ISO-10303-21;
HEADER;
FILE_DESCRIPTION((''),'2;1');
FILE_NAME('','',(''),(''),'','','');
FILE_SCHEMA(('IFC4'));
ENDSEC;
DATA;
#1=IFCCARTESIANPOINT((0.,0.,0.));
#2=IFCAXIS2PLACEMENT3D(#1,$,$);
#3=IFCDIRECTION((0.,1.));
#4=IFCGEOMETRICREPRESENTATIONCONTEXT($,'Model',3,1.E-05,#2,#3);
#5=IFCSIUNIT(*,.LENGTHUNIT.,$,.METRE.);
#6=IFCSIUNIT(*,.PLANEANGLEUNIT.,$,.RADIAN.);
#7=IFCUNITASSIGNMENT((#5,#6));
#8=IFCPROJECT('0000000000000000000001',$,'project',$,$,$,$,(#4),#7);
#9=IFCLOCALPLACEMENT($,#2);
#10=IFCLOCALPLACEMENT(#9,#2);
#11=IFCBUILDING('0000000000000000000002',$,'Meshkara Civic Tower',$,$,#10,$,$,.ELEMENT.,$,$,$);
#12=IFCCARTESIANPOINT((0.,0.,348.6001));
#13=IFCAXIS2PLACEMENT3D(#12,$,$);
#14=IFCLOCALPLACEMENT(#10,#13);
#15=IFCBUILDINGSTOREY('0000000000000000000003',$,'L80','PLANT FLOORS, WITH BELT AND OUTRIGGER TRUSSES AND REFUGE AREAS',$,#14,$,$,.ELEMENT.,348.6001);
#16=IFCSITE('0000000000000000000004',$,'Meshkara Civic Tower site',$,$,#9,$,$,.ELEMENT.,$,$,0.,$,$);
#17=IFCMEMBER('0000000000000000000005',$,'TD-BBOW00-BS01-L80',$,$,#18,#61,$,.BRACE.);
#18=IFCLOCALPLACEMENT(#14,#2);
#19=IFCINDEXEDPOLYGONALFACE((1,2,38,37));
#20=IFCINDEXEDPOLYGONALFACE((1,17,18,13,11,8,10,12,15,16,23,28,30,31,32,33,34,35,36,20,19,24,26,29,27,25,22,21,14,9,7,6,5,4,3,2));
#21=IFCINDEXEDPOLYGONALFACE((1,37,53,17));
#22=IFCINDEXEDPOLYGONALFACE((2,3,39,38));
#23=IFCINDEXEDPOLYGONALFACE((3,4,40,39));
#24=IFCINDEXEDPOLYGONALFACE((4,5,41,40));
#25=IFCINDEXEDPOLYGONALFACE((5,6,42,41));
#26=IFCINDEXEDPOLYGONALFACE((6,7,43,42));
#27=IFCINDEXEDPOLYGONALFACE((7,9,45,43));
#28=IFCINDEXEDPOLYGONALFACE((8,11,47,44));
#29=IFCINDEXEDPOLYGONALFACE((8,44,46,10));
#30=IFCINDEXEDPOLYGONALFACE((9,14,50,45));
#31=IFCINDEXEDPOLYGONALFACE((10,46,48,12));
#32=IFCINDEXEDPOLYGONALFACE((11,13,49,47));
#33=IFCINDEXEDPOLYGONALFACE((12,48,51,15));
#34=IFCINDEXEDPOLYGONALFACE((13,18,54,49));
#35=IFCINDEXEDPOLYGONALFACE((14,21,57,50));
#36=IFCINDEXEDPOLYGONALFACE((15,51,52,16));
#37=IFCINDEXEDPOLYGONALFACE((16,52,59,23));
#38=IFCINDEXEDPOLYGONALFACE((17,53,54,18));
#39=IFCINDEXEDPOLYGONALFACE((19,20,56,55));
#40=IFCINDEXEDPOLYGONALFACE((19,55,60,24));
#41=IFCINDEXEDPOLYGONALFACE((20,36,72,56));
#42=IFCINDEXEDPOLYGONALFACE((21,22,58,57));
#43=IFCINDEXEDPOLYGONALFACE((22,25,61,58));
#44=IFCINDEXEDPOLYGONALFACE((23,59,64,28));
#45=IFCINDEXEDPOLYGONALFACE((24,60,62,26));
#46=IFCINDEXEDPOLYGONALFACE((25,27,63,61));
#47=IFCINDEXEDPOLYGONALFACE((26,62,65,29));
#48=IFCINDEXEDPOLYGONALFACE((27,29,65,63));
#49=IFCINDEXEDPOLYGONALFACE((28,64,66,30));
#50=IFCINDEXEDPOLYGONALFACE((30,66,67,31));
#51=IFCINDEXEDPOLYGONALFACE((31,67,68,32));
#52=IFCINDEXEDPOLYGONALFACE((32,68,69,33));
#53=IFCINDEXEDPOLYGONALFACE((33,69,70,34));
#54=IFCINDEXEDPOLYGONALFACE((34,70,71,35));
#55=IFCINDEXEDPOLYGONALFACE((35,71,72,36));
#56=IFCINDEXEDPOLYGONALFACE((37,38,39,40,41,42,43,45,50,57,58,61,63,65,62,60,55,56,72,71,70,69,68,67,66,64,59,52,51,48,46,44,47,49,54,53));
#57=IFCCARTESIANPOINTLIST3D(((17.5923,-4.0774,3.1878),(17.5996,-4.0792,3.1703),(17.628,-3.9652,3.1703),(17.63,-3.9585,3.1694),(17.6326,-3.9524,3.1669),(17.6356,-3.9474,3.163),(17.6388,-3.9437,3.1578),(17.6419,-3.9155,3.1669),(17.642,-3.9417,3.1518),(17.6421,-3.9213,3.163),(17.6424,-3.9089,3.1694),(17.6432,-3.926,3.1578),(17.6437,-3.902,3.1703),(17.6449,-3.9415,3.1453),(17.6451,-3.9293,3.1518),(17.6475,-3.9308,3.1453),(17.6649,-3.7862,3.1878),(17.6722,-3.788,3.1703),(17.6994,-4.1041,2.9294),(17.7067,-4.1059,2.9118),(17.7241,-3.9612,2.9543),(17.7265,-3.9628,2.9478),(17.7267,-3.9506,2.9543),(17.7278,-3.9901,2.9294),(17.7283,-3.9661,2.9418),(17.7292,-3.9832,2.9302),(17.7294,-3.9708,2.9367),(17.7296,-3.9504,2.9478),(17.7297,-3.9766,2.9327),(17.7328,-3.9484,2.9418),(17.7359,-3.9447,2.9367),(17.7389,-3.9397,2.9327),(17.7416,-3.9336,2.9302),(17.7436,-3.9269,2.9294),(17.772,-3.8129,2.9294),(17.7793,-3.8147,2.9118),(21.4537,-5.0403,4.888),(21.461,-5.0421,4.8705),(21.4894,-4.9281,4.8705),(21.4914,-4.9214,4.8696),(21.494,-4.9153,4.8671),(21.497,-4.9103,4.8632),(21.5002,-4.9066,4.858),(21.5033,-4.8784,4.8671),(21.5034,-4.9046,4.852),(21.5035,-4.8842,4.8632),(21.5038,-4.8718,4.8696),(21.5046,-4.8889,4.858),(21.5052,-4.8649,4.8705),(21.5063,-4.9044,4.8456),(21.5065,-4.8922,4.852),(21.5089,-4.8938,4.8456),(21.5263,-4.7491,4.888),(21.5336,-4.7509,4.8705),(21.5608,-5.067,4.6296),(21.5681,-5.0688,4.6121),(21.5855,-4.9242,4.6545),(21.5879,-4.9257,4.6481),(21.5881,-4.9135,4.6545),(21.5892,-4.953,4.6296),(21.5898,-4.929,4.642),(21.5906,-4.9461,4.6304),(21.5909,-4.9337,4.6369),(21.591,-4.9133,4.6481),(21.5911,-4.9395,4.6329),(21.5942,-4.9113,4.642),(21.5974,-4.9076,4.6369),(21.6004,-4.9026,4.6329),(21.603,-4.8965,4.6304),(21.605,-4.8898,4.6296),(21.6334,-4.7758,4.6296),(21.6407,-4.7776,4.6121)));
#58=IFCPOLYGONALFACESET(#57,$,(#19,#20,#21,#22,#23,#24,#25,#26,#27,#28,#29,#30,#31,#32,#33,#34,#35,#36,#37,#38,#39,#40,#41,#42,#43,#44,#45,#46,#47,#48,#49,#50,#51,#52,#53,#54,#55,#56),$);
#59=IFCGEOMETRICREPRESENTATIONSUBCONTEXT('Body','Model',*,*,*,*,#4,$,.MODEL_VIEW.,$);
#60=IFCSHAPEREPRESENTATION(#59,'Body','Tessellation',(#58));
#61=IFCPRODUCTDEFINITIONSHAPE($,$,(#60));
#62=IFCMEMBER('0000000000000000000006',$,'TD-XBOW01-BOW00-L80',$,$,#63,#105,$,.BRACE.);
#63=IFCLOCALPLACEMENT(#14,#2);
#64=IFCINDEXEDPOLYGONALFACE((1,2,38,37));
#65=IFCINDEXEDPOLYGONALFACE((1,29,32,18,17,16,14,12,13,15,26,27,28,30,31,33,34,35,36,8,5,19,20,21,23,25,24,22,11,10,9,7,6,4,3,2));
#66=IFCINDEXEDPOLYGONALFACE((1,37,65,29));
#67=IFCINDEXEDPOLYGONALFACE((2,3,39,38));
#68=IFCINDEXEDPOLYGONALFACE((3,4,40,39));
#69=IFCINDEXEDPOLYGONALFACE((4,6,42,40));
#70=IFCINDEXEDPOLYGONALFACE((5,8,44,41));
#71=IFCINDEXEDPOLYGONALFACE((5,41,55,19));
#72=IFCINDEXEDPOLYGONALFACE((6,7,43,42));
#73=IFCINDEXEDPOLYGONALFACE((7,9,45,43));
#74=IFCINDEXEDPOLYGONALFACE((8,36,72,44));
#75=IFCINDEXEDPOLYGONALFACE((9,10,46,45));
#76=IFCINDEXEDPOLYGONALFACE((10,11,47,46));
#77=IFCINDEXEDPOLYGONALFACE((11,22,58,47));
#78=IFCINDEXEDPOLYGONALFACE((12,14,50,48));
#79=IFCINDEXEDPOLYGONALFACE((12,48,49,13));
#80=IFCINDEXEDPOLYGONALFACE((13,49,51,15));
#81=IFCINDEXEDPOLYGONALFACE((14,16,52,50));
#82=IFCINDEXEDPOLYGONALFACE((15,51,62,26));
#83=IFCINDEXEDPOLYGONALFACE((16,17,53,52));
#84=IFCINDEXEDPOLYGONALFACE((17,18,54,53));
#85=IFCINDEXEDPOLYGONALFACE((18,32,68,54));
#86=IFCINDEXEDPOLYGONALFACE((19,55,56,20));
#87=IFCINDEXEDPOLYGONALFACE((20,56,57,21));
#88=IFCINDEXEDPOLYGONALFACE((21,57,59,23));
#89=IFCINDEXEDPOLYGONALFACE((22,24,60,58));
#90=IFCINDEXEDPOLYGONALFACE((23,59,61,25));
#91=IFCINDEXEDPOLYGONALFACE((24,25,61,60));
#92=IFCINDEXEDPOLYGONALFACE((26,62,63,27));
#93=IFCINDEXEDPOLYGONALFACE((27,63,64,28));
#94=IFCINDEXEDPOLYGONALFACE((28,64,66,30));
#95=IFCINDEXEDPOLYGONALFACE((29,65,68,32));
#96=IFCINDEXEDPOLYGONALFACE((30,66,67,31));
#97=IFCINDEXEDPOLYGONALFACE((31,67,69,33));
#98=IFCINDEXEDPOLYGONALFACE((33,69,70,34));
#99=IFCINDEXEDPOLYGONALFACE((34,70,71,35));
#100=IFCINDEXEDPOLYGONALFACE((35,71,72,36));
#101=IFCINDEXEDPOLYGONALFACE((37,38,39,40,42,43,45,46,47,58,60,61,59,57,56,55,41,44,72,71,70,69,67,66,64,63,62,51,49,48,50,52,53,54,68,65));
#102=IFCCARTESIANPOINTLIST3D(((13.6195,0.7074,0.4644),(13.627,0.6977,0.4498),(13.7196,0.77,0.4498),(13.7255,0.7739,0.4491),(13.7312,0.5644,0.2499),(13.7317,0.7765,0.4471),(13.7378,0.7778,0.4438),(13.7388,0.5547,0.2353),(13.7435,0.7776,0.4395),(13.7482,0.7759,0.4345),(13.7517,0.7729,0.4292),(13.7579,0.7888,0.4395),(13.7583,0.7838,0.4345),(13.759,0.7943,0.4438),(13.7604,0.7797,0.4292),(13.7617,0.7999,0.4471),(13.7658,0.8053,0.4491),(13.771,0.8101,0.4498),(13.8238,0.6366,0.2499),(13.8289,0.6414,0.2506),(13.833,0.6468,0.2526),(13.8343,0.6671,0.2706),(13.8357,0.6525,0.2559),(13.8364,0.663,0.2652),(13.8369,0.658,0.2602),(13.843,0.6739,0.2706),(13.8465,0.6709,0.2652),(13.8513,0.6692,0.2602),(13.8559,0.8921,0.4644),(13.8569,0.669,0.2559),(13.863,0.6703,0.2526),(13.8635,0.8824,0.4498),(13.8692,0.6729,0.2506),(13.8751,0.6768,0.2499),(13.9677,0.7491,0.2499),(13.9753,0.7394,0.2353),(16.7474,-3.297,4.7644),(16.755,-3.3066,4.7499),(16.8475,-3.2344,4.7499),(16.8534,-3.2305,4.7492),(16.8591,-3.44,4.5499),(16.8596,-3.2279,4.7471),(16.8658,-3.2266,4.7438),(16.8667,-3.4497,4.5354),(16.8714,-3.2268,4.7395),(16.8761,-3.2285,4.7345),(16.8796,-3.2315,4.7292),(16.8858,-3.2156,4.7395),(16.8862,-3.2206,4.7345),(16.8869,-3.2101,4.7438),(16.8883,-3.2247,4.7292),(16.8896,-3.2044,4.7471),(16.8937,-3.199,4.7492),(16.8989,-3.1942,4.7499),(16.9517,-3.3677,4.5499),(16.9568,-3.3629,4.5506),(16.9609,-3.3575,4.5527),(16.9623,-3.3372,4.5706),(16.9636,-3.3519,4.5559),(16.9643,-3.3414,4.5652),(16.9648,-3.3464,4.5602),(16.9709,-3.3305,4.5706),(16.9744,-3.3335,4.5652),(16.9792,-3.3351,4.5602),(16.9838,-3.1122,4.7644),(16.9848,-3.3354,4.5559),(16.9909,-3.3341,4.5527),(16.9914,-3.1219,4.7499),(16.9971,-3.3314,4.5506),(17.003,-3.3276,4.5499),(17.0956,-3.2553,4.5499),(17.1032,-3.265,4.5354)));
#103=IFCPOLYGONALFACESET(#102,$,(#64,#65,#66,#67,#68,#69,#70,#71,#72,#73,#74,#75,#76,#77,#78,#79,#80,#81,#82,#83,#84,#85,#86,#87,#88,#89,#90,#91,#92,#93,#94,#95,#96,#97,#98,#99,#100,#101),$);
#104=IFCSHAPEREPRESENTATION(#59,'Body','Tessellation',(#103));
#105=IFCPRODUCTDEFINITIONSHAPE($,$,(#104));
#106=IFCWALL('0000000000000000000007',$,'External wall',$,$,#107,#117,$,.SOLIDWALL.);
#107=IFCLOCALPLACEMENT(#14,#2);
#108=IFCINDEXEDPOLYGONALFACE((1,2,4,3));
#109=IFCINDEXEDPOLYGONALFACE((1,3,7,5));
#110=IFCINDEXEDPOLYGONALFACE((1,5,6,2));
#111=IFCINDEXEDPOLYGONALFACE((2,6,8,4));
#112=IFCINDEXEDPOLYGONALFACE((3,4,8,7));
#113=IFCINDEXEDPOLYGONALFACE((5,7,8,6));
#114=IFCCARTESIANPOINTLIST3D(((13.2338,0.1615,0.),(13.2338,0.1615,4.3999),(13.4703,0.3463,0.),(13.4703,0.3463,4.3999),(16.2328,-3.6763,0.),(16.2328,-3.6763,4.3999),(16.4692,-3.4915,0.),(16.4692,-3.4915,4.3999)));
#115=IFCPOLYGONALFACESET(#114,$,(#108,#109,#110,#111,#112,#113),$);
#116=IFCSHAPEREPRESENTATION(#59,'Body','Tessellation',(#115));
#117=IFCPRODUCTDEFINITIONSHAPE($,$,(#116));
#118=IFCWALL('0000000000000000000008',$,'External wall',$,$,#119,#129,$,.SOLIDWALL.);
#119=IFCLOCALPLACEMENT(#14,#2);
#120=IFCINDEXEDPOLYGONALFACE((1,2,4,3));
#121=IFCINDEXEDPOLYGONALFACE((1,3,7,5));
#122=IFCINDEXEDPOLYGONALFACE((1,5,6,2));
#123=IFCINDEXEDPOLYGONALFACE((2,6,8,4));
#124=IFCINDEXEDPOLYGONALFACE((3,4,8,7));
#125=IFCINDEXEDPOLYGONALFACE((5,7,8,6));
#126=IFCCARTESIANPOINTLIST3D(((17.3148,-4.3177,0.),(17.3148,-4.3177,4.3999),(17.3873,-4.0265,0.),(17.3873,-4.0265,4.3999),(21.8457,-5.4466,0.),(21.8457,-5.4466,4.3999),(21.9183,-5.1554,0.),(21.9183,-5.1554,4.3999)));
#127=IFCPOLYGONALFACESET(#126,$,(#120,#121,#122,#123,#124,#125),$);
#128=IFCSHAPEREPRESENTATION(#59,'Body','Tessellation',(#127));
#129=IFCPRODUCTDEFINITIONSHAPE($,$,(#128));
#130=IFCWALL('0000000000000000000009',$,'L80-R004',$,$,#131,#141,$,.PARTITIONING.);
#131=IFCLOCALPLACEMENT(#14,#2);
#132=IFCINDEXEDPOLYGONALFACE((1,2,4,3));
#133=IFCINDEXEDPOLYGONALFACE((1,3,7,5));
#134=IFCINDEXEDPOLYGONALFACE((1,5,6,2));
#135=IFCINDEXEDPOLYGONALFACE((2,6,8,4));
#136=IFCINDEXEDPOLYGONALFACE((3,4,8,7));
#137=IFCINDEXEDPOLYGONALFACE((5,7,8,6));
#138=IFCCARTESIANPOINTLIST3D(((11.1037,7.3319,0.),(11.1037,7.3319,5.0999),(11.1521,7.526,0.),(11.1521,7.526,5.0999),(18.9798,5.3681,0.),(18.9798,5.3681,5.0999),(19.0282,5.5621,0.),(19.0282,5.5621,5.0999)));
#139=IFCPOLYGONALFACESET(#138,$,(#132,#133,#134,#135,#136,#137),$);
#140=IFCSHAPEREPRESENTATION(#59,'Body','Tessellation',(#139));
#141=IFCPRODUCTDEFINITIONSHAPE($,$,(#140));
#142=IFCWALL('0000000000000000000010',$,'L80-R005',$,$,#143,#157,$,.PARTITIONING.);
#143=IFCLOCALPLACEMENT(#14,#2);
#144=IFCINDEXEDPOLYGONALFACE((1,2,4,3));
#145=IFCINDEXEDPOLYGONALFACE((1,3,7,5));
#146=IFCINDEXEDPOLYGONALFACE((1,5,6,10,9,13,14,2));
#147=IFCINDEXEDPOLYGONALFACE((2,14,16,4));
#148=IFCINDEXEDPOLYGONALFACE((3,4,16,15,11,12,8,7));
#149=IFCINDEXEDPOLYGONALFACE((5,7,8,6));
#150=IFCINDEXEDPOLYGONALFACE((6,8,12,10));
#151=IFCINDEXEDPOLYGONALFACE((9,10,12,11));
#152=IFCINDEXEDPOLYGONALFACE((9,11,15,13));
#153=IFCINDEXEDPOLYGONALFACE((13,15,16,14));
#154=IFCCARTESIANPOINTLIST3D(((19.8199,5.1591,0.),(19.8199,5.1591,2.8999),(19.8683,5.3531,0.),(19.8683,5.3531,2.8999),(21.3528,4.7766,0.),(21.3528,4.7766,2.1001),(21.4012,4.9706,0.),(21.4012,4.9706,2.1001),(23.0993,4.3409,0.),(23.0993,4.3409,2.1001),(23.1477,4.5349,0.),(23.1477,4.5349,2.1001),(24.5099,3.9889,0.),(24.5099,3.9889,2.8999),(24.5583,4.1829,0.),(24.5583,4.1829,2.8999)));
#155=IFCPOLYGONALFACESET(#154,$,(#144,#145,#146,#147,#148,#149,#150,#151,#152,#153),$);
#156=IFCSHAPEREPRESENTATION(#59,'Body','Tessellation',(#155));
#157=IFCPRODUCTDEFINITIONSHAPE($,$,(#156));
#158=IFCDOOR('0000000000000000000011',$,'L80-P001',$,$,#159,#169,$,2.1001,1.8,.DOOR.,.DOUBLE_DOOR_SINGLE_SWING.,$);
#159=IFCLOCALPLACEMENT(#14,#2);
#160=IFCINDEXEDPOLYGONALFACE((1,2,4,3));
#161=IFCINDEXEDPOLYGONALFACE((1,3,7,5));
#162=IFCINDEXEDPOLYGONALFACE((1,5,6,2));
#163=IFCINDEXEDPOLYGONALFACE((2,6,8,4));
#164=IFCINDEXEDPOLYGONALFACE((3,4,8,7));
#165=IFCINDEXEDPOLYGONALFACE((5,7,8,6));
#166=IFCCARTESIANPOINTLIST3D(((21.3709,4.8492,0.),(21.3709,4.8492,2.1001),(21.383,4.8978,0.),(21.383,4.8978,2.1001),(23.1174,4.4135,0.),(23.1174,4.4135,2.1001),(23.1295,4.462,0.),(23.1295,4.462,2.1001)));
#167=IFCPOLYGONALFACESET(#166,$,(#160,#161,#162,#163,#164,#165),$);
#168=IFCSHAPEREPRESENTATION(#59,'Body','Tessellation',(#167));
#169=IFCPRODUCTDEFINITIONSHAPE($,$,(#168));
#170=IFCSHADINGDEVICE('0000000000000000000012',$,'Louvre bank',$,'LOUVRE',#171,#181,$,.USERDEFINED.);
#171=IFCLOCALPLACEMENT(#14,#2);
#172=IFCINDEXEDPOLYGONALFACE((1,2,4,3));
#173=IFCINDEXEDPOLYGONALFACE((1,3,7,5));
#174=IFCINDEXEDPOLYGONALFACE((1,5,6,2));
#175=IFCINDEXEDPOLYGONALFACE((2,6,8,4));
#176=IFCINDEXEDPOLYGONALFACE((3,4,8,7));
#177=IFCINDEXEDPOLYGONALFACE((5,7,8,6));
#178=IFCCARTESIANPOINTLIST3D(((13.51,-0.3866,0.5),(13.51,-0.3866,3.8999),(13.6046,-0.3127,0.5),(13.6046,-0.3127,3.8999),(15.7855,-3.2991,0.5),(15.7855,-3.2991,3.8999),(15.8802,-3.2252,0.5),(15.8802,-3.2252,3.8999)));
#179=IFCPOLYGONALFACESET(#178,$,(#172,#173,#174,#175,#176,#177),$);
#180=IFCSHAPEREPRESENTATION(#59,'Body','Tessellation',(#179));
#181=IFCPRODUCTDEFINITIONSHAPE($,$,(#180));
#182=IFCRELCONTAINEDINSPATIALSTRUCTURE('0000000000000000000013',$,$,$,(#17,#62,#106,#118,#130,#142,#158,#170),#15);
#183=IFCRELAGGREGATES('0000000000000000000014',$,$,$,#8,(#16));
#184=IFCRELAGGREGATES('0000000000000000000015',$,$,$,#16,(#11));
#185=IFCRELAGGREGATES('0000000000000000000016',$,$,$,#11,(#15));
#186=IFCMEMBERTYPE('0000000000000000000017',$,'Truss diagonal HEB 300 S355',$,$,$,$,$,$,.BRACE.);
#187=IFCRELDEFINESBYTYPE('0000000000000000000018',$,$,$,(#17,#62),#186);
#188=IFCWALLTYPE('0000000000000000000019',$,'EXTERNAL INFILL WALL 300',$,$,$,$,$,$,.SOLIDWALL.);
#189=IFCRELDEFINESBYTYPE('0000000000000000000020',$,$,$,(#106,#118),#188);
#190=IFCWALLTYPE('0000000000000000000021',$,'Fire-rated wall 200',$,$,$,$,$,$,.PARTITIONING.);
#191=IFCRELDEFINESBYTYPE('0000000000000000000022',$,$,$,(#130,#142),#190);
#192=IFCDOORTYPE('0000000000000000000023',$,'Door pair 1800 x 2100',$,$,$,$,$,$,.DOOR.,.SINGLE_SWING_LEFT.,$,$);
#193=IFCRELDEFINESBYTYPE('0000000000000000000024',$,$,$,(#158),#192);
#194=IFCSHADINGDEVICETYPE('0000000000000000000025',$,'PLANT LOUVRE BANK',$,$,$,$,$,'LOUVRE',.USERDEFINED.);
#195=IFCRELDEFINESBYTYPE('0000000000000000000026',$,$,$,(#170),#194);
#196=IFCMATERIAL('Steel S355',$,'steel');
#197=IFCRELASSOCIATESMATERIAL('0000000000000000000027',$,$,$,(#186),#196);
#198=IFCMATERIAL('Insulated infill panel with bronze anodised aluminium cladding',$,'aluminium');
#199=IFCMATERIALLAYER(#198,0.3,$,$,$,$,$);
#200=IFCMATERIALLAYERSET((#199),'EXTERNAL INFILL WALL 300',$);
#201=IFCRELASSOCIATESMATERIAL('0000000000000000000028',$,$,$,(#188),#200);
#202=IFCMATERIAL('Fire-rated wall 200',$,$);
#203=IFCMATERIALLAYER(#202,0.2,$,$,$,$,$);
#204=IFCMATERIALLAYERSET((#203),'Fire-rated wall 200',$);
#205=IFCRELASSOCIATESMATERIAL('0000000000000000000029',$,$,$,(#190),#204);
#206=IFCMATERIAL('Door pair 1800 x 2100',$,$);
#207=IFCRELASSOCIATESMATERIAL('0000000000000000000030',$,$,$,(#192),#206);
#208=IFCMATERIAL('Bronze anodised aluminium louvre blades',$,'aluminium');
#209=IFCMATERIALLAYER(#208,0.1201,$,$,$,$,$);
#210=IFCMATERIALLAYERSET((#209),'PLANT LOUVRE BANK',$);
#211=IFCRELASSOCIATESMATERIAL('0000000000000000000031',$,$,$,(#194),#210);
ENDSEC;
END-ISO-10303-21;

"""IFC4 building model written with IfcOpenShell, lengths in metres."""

from ifc_helpers import new_model, si_unit, direction, frame, frame_2d, origin, origin_2d, place, context, subcontext, project, spatial, rectangle, i_section, extrude, material, layer, layer_set, material_profile, profile_set, type_object, element, fill, save


model = new_model("IFC4")

# Units and contexts
model_context = context("Model", 3, precision=1e-05, world=origin(), true_north=direction((0.0, 1.0)))
body_context = subcontext(model_context, "Body", "Model", "MODEL_VIEW")
ifc_project = project(units=[si_unit("LENGTHUNIT", "METRE"), si_unit("PLANEANGLEUNIT", "RADIAN")], contexts=[model_context])

# Site, building, storey
site_placement = place(None, origin())
site = spatial("IfcSite", under=ifc_project, at=site_placement, Name="Meshkara Civic Tower site", CompositionType="ELEMENT", RefElevation=0.0)
building_placement = place(site_placement, origin())
building = spatial("IfcBuilding", under=site, at=building_placement, Name="Meshkara Civic Tower", CompositionType="ELEMENT")
storey_placement = place(building_placement, frame((0.0, 0.0, 348.6001)))
storey = spatial("IfcBuildingStorey", under=building, at=storey_placement, Name="L80", Description="PLANT FLOORS, WITH BELT AND OUTRIGGER TRUSSES AND REFUGE AREAS", CompositionType="ELEMENT", Elevation=348.6001)

# Members
ifc_material_1 = material(Name="Steel S355", Category="steel")
ifc_material_profile_1 = material_profile(ifc_material_1, i_section(OverallWidth=0.3, OverallDepth=0.3, WebThickness=0.011, FlangeThickness=0.019, FilletRadius=0.0271, at=origin_2d()))
ifc_profile_set_1 = profile_set([ifc_material_profile_1], Name="Steel S355")
member_type_1 = type_object("IfcMemberType", Name="Truss diagonal HEB 300 S355", PredefinedType="BRACE", material=ifc_profile_set_1)
member_1_placement = place(storey_placement, frame((17.6858, -3.946, 3.0498), z_axis=(0.892267, -0.222503, 0.392877), x_axis=(0.241958, 0.970287, 0.0)))
element("IfcMember", 1, at=member_1_placement, inside=storey, type_object=member_type_1, Name="TD-BBOW00-BS01-L80", PredefinedType="BRACE", context=body_context, shape_type="SweptSolid", body=[
    extrude(i_section(OverallWidth=0.3, OverallDepth=0.3, WebThickness=0.011, FlangeThickness=0.019, FilletRadius=0.0271, at=origin_2d()), origin(), (0.0, 0.0, 1.0), 4.3276),
])
member_2_placement = place(storey_placement, frame((13.7974, 0.7234, 0.3499), z_axis=(0.469903, -0.601573, 0.645988), x_axis=(0.788072, 0.615583, 0.0)))
element("IfcMember", 2, at=member_2_placement, inside=storey, type_object=member_type_1, Name="TD-XBOW01-BOW00-L80", PredefinedType="BRACE", context=body_context, shape_type="SweptSolid", body=[
    extrude(i_section(OverallWidth=0.3, OverallDepth=0.3, WebThickness=0.011, FlangeThickness=0.019, FilletRadius=0.0271, at=origin_2d()), origin(), (0.0, 0.0, 1.0), 6.6565),
])

# Walls
ifc_material_2 = material(Name="Insulated infill panel with bronze anodised aluminium cladding", Category="aluminium")
ifc_layer_1 = layer(ifc_material_2, 0.3)
ifc_layer_set_1 = layer_set([ifc_layer_1], Name="EXTERNAL INFILL WALL 300")
wall_type_1 = type_object("IfcWallType", Name="EXTERNAL INFILL WALL 300", PredefinedType="SOLIDWALL", material=ifc_layer_set_1)
wall_1_placement = place(storey_placement, frame((13.3521, 0.2539, 0.0), z_axis=(0.0, 0.0, 1.0), x_axis=(0.61573, -0.787957, 0.0)))
element("IfcWall", 3, at=wall_1_placement, inside=storey, type_object=wall_type_1, Name="External wall", PredefinedType="SOLIDWALL", context=body_context, shape_type="SweptSolid", body=[
    extrude(rectangle(XDim=4.8706, YDim=0.3, at=frame_2d((2.4353, 0.0))), origin(), (0.0, 0.0, 1.0), 4.3999),
])
wall_2_placement = place(storey_placement, frame((17.3511, -4.1721, 0.0), z_axis=(0.0, 0.0, 1.0), x_axis=(0.970336, -0.241761, 0.0)))
element("IfcWall", 4, at=wall_2_placement, inside=storey, type_object=wall_type_1, Name="External wall", PredefinedType="SOLIDWALL", context=body_context, shape_type="SweptSolid", body=[
    extrude(rectangle(XDim=4.6694, YDim=0.3, at=frame_2d((2.3347, 0.0))), origin(), (0.0, 0.0, 1.0), 4.3999),
])
ifc_material_3 = material(Name="Fire-rated wall 200")
ifc_layer_2 = layer(ifc_material_3, 0.2)
ifc_layer_set_2 = layer_set([ifc_layer_2], Name="Fire-rated wall 200")
wall_type_2 = type_object("IfcWallType", Name="Fire-rated wall 200", PredefinedType="PARTITIONING", material=ifc_layer_set_2)
wall_3_placement = place(storey_placement, frame((11.1279, 7.429, 0.0), z_axis=(0.0, 0.0, 1.0), x_axis=(0.970291, -0.241941, 0.0)))
element("IfcWall", 5, at=wall_3_placement, inside=storey, type_object=wall_type_2, Name="L80-R004", PredefinedType="PARTITIONING", context=body_context, shape_type="SweptSolid", body=[
    extrude(rectangle(XDim=8.1172, YDim=0.2, at=frame_2d((4.0586, 0.0))), origin(), (0.0, 0.0, 1.0), 5.0999),
])

# Wall, opening, door
wall_4_placement = place(storey_placement, frame((19.844, 5.2561, 0.0), z_axis=(0.0, 0.0, 1.0), x_axis=(0.970255, -0.242084, 0.0)))
wall_4 = element("IfcWall", 6, at=wall_4_placement, inside=storey, type_object=wall_type_2, Name="L80-R005", PredefinedType="PARTITIONING", context=body_context, shape_type="SweptSolid", body=[
    extrude(rectangle(XDim=4.8337, YDim=0.2, at=frame_2d((2.417, 0.0))), origin(), (0.0, 0.0, 1.0), 2.8999),
])
opening_placement = place(wall_4_placement, frame((1.5801, 0.0, 0.0)))
opening = element("IfcOpeningElement", 7, at=opening_placement, cuts=wall_4, PredefinedType="OPENING", context=body_context, shape_type="SweptSolid", body=[
    extrude(rectangle(XDim=1.8, YDim=2.1001, at=frame_2d((0.8999, 1.05))), frame((0.0, 0.1099, 0.0), z_axis=(0.0, -1.0, 0.0), x_axis=(1.0, 0.0, 0.0)), (0.0, 0.0, 1.0), 0.22),
])
ifc_material_4 = material(Name="Door pair 1800 x 2100")
door_type = type_object("IfcDoorType", Name="Door pair 1800 x 2100", OperationType="SINGLE_SWING_LEFT", PredefinedType="DOOR", material=ifc_material_4)
door_placement = place(opening_placement, origin())
door = element("IfcDoor", 8, at=door_placement, inside=storey, type_object=door_type, Name="L80-P001", OperationType="DOUBLE_DOOR_SINGLE_SWING", OverallHeight=2.1001, OverallWidth=1.8, PredefinedType="DOOR", context=body_context, shape_type="SweptSolid", body=[
    extrude(rectangle(XDim=1.8, YDim=2.1001, at=frame_2d((0.8999, 1.05))), frame((0.0, 0.0249, 0.0), z_axis=(0.0, -1.0, 0.0), x_axis=(1.0, 0.0, 0.0)), (0.0, 0.0, 1.0), 0.05),
])
fill(opening, door)

# Shading device
ifc_material_5 = material(Name="Bronze anodised aluminium louvre blades", Category="aluminium")
ifc_layer_3 = layer(ifc_material_5, 0.1201)
ifc_layer_set_3 = layer_set([ifc_layer_3], Name="PLANT LOUVRE BANK")
shading_device_type = type_object("IfcShadingDeviceType", Name="PLANT LOUVRE BANK", ElementType="LOUVRE", PredefinedType="USERDEFINED", material=ifc_layer_set_3)
shading_device_1_placement = place(storey_placement, frame((14.6951, -1.8059, 0.5), z_axis=(0.0, 0.0, 1.0), x_axis=(0.615661, -0.788011, 0.0)))
element("IfcShadingDevice", 9, at=shading_device_1_placement, inside=storey, type_object=shading_device_type, Name="Louvre bank", ObjectType="LOUVRE", PredefinedType="USERDEFINED", context=body_context, shape_type="SweptSolid", body=[
    extrude(rectangle(XDim=3.696, YDim=0.1201, at=origin_2d()), origin(), (0.0, 0.0, 1.0), 3.3999),
])

save(model, "model.ifc")
